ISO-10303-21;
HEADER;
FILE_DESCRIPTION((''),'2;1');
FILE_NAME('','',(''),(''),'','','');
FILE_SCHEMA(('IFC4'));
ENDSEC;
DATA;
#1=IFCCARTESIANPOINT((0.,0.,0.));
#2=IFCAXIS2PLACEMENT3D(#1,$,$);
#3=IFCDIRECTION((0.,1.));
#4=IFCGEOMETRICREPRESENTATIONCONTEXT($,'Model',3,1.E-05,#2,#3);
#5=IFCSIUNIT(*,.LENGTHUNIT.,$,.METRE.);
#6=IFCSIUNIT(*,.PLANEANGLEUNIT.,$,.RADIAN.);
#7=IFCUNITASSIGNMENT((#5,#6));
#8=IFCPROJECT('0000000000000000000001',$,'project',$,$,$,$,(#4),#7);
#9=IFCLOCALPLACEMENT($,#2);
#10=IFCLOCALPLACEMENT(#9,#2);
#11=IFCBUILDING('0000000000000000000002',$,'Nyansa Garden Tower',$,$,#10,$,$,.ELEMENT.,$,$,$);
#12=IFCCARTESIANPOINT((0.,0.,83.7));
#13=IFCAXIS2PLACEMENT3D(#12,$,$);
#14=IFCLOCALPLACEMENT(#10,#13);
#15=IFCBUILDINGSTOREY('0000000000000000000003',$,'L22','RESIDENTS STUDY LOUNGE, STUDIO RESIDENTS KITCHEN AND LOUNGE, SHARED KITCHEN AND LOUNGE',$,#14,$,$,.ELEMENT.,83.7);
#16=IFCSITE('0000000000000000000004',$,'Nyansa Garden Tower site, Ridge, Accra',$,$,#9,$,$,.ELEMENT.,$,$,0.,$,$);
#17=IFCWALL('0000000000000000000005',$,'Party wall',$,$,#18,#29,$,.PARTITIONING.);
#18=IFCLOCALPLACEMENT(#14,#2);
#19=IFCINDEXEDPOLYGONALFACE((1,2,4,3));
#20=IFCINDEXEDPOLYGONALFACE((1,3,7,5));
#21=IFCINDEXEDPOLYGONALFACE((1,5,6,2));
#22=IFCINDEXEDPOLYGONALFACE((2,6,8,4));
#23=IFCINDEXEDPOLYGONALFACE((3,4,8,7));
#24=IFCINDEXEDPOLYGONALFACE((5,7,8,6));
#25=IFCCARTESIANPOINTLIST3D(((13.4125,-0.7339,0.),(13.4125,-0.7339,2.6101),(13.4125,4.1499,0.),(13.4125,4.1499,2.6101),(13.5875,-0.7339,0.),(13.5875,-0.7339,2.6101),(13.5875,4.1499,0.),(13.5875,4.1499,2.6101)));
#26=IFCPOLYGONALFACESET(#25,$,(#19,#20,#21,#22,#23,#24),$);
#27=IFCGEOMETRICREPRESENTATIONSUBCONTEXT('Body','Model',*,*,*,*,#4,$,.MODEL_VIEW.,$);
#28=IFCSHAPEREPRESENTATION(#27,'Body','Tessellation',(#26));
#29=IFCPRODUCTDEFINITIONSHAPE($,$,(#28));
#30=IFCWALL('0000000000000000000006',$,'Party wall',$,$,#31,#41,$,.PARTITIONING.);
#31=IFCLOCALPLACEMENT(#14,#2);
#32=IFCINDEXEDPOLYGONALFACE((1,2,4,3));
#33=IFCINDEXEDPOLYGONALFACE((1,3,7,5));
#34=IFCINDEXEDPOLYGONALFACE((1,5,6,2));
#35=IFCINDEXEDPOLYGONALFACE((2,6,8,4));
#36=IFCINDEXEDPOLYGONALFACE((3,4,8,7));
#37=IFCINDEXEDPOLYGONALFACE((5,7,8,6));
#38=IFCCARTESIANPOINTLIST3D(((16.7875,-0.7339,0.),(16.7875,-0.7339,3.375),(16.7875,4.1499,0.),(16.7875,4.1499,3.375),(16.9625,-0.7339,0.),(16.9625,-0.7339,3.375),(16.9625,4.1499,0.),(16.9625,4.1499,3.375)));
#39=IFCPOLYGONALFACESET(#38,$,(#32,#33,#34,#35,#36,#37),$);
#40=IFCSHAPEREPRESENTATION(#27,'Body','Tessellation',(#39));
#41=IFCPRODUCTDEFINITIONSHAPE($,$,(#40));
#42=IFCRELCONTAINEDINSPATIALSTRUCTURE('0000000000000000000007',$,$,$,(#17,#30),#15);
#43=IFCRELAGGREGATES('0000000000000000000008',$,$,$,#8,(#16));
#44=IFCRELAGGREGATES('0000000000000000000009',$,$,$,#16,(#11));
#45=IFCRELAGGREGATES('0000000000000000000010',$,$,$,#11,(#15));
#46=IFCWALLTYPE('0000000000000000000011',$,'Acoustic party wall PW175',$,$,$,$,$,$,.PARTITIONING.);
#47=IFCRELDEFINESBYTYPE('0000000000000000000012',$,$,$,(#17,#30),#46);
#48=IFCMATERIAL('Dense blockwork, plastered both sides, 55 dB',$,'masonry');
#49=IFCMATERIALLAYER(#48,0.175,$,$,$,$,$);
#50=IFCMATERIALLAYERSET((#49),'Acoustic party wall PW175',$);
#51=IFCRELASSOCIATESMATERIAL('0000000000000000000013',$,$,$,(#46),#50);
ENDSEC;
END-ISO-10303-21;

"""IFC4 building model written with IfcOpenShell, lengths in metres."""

from ifc_helpers import new_model, si_unit, direction, frame, frame_2d, origin, place, context, subcontext, project, spatial, rectangle, extrude, material, layer, layer_set, type_object, element, save


model = new_model("IFC4")

# Units and contexts
model_context = context("Model", 3, precision=1e-05, world=origin(), true_north=direction((0.0, 1.0)))
body_context = subcontext(model_context, "Body", "Model", "MODEL_VIEW")
ifc_project = project(units=[si_unit("LENGTHUNIT", "METRE"), si_unit("PLANEANGLEUNIT", "RADIAN")], contexts=[model_context])

# Site, building, storey
site_placement = place(None, origin())
site = spatial("IfcSite", under=ifc_project, at=site_placement, Name="Nyansa Garden Tower site, Ridge, Accra", CompositionType="ELEMENT", RefElevation=0.0)
building_placement = place(site_placement, origin())
building = spatial("IfcBuilding", under=site, at=building_placement, Name="Nyansa Garden Tower", CompositionType="ELEMENT")
storey_placement = place(building_placement, frame((0.0, 0.0, 83.7)))
storey = spatial("IfcBuildingStorey", under=building, at=storey_placement, Name="L22", Description="RESIDENTS STUDY LOUNGE, STUDIO RESIDENTS KITCHEN AND LOUNGE, SHARED KITCHEN AND LOUNGE", CompositionType="ELEMENT", Elevation=83.7)

# Walls
ifc_material_1 = material(Name="Dense blockwork, plastered both sides, 55 dB", Category="masonry")
ifc_layer_1 = layer(ifc_material_1, 0.175)
ifc_layer_set_1 = layer_set([ifc_layer_1], Name="Acoustic party wall PW175")
wall_type = type_object("IfcWallType", Name="Acoustic party wall PW175", PredefinedType="PARTITIONING", material=ifc_layer_set_1)
wall_1_placement = place(storey_placement, frame((13.5, -0.7339, 0.0), z_axis=(0.0, 0.0, 1.0), x_axis=(0.0, 1.0, 0.0)))
element("IfcWall", 1, at=wall_1_placement, inside=storey, type_object=wall_type, Name="Party wall", PredefinedType="PARTITIONING", context=body_context, shape_type="SweptSolid", body=[
    extrude(rectangle(XDim=4.8838, YDim=0.175, at=frame_2d((2.4419, 0.0))), origin(), (0.0, 0.0, 1.0), 2.6101),
])
wall_2_placement = place(storey_placement, frame((16.875, -0.7339, 0.0), z_axis=(0.0, 0.0, 1.0), x_axis=(0.0, 1.0, 0.0)))
element("IfcWall", 2, at=wall_2_placement, inside=storey, type_object=wall_type, Name="Party wall", PredefinedType="PARTITIONING", context=body_context, shape_type="SweptSolid", body=[
    extrude(rectangle(XDim=4.8838, YDim=0.175, at=frame_2d((2.4419, 0.0))), origin(), (0.0, 0.0, 1.0), 3.375),
])

save(model, "model.ifc")
